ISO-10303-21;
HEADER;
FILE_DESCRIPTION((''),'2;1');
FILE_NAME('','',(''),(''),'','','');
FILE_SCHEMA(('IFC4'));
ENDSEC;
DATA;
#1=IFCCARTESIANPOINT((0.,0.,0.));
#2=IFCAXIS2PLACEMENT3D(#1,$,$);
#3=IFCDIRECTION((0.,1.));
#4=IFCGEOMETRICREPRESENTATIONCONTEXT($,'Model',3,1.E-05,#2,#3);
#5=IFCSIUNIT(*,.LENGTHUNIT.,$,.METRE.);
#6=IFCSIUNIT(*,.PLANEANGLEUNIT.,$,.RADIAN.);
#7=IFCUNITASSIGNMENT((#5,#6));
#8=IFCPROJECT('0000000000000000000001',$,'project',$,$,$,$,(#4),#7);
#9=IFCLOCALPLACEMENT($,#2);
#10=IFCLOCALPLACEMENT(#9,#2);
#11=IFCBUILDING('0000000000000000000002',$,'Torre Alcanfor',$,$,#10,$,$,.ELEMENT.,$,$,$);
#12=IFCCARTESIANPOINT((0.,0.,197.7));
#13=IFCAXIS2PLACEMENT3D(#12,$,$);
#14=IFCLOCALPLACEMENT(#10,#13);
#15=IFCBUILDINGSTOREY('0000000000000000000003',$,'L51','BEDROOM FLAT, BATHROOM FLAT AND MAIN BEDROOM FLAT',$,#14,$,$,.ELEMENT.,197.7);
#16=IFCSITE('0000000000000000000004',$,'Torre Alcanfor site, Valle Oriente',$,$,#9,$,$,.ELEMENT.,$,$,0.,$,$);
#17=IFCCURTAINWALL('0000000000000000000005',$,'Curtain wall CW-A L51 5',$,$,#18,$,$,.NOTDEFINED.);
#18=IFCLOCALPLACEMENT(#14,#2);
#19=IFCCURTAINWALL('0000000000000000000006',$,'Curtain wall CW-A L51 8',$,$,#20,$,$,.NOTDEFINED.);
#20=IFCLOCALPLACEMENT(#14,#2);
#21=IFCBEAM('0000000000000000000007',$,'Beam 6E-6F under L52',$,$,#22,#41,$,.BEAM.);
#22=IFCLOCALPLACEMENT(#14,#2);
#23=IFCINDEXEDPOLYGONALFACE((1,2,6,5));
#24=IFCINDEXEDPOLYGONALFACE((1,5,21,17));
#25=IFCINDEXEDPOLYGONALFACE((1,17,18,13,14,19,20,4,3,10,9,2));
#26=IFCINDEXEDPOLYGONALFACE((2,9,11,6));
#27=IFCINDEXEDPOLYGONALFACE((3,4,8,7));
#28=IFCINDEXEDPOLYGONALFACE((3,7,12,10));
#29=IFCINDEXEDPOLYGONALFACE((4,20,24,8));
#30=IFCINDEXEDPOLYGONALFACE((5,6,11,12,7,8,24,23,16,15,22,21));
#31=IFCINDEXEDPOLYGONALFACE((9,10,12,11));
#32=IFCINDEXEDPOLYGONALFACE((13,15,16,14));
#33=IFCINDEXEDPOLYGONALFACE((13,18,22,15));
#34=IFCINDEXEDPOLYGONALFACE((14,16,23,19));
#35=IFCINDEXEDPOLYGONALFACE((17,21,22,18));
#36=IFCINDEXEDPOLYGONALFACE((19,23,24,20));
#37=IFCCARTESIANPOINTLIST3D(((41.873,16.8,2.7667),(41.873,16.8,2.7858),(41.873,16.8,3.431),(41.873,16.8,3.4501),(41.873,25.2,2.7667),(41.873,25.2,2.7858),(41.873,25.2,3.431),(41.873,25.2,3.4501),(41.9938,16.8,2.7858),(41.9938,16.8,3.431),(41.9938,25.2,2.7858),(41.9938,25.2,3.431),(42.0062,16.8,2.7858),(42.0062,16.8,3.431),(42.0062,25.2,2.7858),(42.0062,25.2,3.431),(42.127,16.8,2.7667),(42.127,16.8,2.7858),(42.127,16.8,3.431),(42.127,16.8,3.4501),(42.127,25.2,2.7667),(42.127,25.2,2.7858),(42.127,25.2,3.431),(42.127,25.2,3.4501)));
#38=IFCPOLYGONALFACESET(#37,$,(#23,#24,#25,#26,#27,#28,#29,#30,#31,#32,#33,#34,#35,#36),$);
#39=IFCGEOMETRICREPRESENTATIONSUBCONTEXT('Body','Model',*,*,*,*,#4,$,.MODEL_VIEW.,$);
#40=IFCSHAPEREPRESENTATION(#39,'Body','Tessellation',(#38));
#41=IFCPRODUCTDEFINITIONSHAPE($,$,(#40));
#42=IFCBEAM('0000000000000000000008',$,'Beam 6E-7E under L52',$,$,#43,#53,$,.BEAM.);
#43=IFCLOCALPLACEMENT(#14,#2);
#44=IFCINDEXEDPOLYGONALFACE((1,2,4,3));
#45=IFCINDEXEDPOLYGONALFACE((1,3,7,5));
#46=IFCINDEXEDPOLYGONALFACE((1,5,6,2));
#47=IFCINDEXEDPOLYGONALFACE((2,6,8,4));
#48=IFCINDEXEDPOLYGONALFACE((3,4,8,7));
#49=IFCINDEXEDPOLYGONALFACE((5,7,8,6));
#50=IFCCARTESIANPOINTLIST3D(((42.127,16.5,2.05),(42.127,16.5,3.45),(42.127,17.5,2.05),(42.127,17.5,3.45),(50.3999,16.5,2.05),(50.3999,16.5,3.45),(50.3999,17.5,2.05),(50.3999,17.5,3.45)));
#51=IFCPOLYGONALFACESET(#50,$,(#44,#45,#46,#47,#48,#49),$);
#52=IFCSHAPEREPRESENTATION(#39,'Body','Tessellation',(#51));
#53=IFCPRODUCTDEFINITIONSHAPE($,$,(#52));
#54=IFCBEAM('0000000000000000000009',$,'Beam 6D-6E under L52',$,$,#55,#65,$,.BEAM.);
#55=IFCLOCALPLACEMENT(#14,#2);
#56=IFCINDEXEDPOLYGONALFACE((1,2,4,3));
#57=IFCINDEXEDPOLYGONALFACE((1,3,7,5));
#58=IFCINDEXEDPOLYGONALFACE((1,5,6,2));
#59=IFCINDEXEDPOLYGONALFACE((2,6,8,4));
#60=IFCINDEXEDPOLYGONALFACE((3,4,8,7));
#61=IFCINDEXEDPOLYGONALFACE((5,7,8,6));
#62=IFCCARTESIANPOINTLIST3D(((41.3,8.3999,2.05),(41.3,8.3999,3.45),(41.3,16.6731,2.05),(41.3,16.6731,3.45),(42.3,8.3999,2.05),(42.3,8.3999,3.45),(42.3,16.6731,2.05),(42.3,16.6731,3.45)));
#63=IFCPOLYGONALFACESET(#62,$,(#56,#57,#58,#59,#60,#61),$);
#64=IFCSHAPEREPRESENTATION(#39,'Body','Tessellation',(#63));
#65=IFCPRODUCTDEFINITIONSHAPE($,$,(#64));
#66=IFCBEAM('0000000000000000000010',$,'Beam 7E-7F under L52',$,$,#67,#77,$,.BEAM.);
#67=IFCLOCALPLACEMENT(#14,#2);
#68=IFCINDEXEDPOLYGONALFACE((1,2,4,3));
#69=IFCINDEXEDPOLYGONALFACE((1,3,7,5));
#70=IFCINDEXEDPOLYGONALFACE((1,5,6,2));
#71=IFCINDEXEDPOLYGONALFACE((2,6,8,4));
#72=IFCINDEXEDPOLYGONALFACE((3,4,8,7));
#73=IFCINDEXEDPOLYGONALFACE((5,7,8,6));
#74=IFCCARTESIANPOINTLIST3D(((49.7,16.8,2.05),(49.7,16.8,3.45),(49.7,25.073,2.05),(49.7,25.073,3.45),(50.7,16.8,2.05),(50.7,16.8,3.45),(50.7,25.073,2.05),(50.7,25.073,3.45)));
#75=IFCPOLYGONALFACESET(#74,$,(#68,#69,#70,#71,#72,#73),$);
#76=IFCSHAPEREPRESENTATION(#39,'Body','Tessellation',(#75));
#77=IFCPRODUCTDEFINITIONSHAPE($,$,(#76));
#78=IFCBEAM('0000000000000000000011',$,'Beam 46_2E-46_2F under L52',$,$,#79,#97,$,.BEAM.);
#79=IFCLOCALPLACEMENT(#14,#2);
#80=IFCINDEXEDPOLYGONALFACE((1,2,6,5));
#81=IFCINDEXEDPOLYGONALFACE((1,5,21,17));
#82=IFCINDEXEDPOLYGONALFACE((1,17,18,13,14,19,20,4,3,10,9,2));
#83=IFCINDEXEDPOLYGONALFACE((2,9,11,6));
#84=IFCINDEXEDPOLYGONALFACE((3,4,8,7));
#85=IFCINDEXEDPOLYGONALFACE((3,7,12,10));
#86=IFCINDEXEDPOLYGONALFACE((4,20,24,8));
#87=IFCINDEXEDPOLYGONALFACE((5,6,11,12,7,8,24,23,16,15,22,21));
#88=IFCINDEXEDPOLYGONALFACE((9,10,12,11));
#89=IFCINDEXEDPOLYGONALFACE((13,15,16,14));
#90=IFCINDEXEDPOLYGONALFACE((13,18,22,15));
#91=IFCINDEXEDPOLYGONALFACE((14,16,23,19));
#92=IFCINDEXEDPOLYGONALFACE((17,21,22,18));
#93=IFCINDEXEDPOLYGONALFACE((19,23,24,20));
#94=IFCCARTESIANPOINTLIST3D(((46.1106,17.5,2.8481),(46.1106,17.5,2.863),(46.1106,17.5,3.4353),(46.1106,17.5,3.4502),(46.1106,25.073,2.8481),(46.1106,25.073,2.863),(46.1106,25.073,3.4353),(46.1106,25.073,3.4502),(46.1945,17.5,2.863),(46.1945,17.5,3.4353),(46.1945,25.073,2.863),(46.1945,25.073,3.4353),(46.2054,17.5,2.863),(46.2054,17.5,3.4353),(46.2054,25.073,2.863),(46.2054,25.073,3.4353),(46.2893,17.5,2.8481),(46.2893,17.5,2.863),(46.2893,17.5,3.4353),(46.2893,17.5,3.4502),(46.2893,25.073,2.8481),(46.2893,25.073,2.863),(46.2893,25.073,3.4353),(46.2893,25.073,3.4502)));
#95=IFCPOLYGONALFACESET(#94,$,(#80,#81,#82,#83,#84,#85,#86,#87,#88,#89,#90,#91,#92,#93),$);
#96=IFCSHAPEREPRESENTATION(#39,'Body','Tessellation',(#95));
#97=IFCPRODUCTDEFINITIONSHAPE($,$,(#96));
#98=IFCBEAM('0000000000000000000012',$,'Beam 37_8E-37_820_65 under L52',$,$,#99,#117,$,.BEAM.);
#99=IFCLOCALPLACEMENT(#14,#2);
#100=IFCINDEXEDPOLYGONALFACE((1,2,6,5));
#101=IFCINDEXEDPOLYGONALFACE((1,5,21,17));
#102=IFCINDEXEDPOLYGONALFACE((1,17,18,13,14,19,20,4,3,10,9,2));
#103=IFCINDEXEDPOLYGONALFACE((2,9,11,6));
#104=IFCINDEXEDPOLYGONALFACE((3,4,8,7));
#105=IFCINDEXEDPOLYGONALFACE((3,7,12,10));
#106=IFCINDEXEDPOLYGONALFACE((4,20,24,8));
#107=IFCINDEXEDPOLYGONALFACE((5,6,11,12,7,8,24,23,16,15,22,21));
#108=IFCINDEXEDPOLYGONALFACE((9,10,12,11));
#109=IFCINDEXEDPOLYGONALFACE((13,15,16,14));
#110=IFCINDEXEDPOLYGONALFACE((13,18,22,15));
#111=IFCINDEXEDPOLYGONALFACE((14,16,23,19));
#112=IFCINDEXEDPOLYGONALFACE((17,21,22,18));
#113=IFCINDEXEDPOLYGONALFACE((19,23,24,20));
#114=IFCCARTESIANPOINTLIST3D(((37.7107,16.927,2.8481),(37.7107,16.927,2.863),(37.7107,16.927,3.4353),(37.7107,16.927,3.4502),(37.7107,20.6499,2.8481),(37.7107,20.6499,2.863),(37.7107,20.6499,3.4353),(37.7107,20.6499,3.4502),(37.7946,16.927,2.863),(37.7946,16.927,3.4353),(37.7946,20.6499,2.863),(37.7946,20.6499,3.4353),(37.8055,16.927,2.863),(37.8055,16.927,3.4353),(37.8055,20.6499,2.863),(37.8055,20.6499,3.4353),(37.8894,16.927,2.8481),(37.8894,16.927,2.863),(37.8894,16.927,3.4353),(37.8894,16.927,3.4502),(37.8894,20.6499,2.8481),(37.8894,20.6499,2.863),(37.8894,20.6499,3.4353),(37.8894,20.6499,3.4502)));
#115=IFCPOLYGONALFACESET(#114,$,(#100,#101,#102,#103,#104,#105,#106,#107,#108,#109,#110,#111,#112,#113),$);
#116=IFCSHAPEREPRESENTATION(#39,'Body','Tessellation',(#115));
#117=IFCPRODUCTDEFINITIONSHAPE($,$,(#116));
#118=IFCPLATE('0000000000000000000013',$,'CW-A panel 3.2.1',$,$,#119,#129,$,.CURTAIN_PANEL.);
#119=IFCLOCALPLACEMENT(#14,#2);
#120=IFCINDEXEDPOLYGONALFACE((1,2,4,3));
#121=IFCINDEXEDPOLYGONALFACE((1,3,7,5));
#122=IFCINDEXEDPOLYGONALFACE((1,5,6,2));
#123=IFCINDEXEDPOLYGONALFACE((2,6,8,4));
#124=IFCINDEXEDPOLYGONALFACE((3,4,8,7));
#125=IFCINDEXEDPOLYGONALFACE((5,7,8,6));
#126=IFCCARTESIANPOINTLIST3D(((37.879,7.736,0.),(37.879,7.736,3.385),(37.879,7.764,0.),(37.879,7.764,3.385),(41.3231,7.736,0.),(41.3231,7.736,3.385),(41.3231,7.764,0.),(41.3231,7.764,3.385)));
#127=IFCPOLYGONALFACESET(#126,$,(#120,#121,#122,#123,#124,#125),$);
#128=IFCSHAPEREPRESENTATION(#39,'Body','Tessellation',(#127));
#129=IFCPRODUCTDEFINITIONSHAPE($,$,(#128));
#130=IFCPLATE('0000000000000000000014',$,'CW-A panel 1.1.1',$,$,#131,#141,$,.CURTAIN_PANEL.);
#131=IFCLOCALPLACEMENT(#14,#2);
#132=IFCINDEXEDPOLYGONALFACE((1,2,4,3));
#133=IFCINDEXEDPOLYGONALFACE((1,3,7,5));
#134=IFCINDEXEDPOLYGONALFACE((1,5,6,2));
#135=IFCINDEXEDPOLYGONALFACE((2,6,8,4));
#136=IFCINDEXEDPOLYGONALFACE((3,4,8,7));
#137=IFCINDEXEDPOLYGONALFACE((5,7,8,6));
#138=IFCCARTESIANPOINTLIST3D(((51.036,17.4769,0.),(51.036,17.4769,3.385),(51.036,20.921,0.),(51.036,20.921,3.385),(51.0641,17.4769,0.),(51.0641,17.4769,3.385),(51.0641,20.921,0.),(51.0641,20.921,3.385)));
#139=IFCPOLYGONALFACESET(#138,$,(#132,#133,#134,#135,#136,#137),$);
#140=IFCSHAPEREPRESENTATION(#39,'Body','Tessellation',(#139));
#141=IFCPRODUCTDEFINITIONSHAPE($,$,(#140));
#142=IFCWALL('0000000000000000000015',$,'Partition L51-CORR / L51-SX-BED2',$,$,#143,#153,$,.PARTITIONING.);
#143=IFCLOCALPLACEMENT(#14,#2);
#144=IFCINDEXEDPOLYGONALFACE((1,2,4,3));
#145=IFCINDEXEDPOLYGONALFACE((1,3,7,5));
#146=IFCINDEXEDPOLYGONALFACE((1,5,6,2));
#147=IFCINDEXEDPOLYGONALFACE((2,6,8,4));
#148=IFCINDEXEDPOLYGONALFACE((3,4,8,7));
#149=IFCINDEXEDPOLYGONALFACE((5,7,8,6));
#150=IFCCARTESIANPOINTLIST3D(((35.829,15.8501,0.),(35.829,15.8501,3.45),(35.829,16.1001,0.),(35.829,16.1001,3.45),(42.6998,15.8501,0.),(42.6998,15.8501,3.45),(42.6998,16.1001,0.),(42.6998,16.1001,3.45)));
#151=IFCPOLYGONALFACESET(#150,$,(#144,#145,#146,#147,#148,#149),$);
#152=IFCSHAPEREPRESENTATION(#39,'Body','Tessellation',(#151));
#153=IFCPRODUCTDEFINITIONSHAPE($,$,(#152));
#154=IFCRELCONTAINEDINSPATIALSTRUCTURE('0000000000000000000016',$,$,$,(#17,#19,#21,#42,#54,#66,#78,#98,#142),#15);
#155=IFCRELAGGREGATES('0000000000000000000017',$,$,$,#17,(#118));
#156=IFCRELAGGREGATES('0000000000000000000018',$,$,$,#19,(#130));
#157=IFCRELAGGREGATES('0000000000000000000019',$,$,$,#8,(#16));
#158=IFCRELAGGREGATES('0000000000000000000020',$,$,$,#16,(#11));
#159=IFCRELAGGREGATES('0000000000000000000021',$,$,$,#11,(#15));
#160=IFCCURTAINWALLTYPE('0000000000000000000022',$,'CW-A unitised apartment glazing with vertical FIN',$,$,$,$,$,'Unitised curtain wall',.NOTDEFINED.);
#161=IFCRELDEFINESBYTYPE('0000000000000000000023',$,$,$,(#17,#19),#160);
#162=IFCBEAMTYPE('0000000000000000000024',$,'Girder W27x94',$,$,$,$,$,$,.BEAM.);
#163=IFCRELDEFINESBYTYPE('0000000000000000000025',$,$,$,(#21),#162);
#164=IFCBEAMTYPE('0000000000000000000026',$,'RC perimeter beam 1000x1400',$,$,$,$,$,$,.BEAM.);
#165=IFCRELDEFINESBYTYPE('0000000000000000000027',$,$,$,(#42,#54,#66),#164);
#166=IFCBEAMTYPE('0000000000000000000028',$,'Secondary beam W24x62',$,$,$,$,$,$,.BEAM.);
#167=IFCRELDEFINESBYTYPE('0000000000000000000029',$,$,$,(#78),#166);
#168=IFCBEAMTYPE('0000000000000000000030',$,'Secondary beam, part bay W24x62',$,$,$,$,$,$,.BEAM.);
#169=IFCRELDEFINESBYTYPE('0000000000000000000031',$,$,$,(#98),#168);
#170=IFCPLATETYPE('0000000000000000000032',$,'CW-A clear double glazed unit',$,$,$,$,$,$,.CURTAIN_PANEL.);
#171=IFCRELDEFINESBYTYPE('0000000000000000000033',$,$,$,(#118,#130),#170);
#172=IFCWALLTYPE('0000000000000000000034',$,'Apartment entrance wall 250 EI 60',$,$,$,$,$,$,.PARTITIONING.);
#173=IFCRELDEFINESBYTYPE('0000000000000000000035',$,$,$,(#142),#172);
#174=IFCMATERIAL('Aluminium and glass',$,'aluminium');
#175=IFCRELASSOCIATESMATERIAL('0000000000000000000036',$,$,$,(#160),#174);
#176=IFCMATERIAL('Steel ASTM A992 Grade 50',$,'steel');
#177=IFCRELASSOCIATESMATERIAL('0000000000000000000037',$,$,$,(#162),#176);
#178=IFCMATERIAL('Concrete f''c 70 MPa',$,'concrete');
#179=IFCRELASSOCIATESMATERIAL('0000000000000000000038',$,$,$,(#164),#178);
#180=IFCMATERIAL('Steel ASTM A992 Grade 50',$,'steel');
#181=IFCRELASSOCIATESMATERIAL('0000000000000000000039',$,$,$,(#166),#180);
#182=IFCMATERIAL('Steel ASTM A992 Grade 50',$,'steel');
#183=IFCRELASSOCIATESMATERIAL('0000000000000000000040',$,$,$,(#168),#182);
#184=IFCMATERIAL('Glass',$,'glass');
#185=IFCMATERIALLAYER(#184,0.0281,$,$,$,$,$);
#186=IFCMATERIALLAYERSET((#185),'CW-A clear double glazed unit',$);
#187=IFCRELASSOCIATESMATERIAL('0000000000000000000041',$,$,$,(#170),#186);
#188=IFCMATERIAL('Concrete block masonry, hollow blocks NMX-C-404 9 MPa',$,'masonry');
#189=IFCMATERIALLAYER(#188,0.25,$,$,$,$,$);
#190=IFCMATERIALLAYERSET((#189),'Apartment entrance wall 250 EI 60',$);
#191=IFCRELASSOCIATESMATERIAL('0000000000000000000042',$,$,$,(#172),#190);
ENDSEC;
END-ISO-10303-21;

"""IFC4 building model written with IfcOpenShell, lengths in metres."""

from ifc_helpers import new_model, si_unit, direction, frame, frame_2d, origin, origin_2d, place, context, subcontext, project, spatial, rectangle, i_section, extrude, material, layer, layer_set, material_profile, profile_set, type_object, element, aggregate, save


model = new_model("IFC4")

# Units and contexts
model_context = context("Model", 3, precision=1e-05, world=origin(), true_north=direction((0.0, 1.0)))
body_context = subcontext(model_context, "Body", "Model", "MODEL_VIEW")
ifc_project = project(units=[si_unit("LENGTHUNIT", "METRE"), si_unit("PLANEANGLEUNIT", "RADIAN")], contexts=[model_context])

# Site, building, storey
site_placement = place(None, origin())
site = spatial("IfcSite", under=ifc_project, at=site_placement, Name="Torre Alcanfor site, Valle Oriente", CompositionType="ELEMENT", RefElevation=0.0)
building_placement = place(site_placement, origin())
building = spatial("IfcBuilding", under=site, at=building_placement, Name="Torre Alcanfor", CompositionType="ELEMENT")
storey_placement = place(building_placement, frame((0.0, 0.0, 197.7)))
storey = spatial("IfcBuildingStorey", under=building, at=storey_placement, Name="L51", Description="BEDROOM FLAT, BATHROOM FLAT AND MAIN BEDROOM FLAT", CompositionType="ELEMENT", Elevation=197.7)

# Curtain wall
ifc_material_1 = material(Name="Aluminium and glass", Category="aluminium")
curtain_wall_type = type_object("IfcCurtainWallType", Name="CW-A unitised apartment glazing with vertical FIN", ElementType="Unitised curtain wall", PredefinedType="NOTDEFINED", material=ifc_material_1)
curtain_wall_1_placement = place(storey_placement, origin())
curtain_wall_1 = element("IfcCurtainWall", 1, at=curtain_wall_1_placement, inside=storey, type_object=curtain_wall_type, Name="Curtain wall CW-A L51 5", PredefinedType="NOTDEFINED")

# Curtain wall
curtain_wall_2_placement = place(storey_placement, origin())
curtain_wall_2 = element("IfcCurtainWall", 2, at=curtain_wall_2_placement, inside=storey, type_object=curtain_wall_type, Name="Curtain wall CW-A L51 8", PredefinedType="NOTDEFINED")

# Beams
ifc_material_2 = material(Name="Steel ASTM A992 Grade 50", Category="steel")
ifc_material_profile_1 = material_profile(ifc_material_2, i_section(OverallWidth=0.2539, OverallDepth=0.6833, WebThickness=0.0125, FlangeThickness=0.019, at=origin_2d()), Name="W27x94")
ifc_profile_set_1 = profile_set([ifc_material_profile_1], Name="Steel ASTM A992 Grade 50")
beam_type_1 = type_object("IfcBeamType", Name="Girder W27x94", PredefinedType="BEAM", material=ifc_profile_set_1)
beam_1_placement = place(storey_placement, frame((42.0, 16.8, 3.1084), z_axis=(0.0, 1.0, 0.0), x_axis=(-1.0, 0.0, 0.0)))
element("IfcBeam", 3, at=beam_1_placement, inside=storey, type_object=beam_type_1, Name="Beam 6E-6F under L52", PredefinedType="BEAM", context=body_context, shape_type="SweptSolid", body=[
    extrude(i_section(OverallWidth=0.2539, OverallDepth=0.6833, WebThickness=0.0125, FlangeThickness=0.019, at=origin_2d()), origin(), (0.0, 0.0, 1.0), 8.3999),
])
ifc_material_3 = material(Name="Concrete f'c 70 MPa", Category="concrete")
ifc_material_profile_2 = material_profile(ifc_material_3, rectangle(XDim=1.0, YDim=1.3999, at=origin_2d()), Name="1000x1400")
ifc_profile_set_2 = profile_set([ifc_material_profile_2], Name="Concrete f'c 70 MPa")
beam_type_2 = type_object("IfcBeamType", Name="RC perimeter beam 1000x1400", PredefinedType="BEAM", material=ifc_profile_set_2)
beam_2_placement = place(storey_placement, frame((42.127, 17.0, 2.75), z_axis=(1.0, 0.0, 0.0), x_axis=(0.0, 1.0, 0.0)))
element("IfcBeam", 4, at=beam_2_placement, inside=storey, type_object=beam_type_2, Name="Beam 6E-7E under L52", PredefinedType="BEAM", context=body_context, shape_type="SweptSolid", body=[
    extrude(rectangle(XDim=1.0, YDim=1.3999, at=origin_2d()), origin(), (0.0, 0.0, 1.0), 8.2729),
])
beam_3_placement = place(storey_placement, frame((41.8, 8.3999, 2.75), z_axis=(0.0, 1.0, 0.0), x_axis=(-1.0, 0.0, 0.0)))
element("IfcBeam", 5, at=beam_3_placement, inside=storey, type_object=beam_type_2, Name="Beam 6D-6E under L52", PredefinedType="BEAM", context=body_context, shape_type="SweptSolid", body=[
    extrude(rectangle(XDim=1.0, YDim=1.3999, at=origin_2d()), origin(), (0.0, 0.0, 1.0), 8.2732),
])
beam_4_placement = place(storey_placement, frame((50.2, 16.8, 2.75), z_axis=(0.0, 1.0, 0.0), x_axis=(-1.0, 0.0, 0.0)))
element("IfcBeam", 6, at=beam_4_placement, inside=storey, type_object=beam_type_2, Name="Beam 7E-7F under L52", PredefinedType="BEAM", context=body_context, shape_type="SweptSolid", body=[
    extrude(rectangle(XDim=1.0, YDim=1.3999, at=origin_2d()), origin(), (0.0, 0.0, 1.0), 8.2729),
])
ifc_material_4 = material(Name="Steel ASTM A992 Grade 50", Category="steel")
ifc_material_profile_3 = material_profile(ifc_material_4, i_section(OverallWidth=0.1787, OverallDepth=0.6021, WebThickness=0.011, FlangeThickness=0.0149, at=origin_2d()), Name="W24x62")
ifc_profile_set_3 = profile_set([ifc_material_profile_3], Name="Steel ASTM A992 Grade 50")
beam_type_3 = type_object("IfcBeamType", Name="Secondary beam W24x62", PredefinedType="BEAM", material=ifc_profile_set_3)
beam_5_placement = place(storey_placement, frame((46.2, 17.5, 3.1492), z_axis=(0.0, 1.0, 0.0), x_axis=(-1.0, 0.0, 0.0)))
element("IfcBeam", 7, at=beam_5_placement, inside=storey, type_object=beam_type_3, Name="Beam 46_2E-46_2F under L52", PredefinedType="BEAM", context=body_context, shape_type="SweptSolid", body=[
    extrude(i_section(OverallWidth=0.1787, OverallDepth=0.6021, WebThickness=0.011, FlangeThickness=0.0149, at=origin_2d()), origin(), (0.0, 0.0, 1.0), 7.573),
])
ifc_material_5 = material(Name="Steel ASTM A992 Grade 50", Category="steel")
ifc_material_profile_4 = material_profile(ifc_material_5, i_section(OverallWidth=0.1787, OverallDepth=0.6021, WebThickness=0.011, FlangeThickness=0.0149, at=origin_2d()), Name="W24x62")
ifc_profile_set_4 = profile_set([ifc_material_profile_4], Name="Steel ASTM A992 Grade 50")
beam_type_4 = type_object("IfcBeamType", Name="Secondary beam, part bay W24x62", PredefinedType="BEAM", material=ifc_profile_set_4)
beam_6_placement = place(storey_placement, frame((37.8, 16.927, 3.1492), z_axis=(0.0, 1.0, 0.0), x_axis=(-1.0, 0.0, 0.0)))
element("IfcBeam", 8, at=beam_6_placement, inside=storey, type_object=beam_type_4, Name="Beam 37_8E-37_820_65 under L52", PredefinedType="BEAM", context=body_context, shape_type="SweptSolid", body=[
    extrude(i_section(OverallWidth=0.1787, OverallDepth=0.6021, WebThickness=0.011, FlangeThickness=0.0149, at=origin_2d()), origin(), (0.0, 0.0, 1.0), 3.7229),
])

# Plates
ifc_material_6 = material(Name="Glass", Category="glass")
ifc_layer_1 = layer(ifc_material_6, 0.0281)
ifc_layer_set_1 = layer_set([ifc_layer_1], Name="CW-A clear double glazed unit")
plate_type = type_object("IfcPlateType", Name="CW-A clear double glazed unit", PredefinedType="CURTAIN_PANEL", material=ifc_layer_set_1)
plate_1_placement = place(storey_placement, frame((39.6011, 7.75, 0.0), z_axis=(0.0, 0.0, 1.0), x_axis=(1.0, 0.0, 0.0)))
plate_1 = element("IfcPlate", 9, at=plate_1_placement, type_object=plate_type, Name="CW-A panel 3.2.1", PredefinedType="CURTAIN_PANEL", context=body_context, shape_type="SweptSolid", body=[
    extrude(rectangle(XDim=3.4441, YDim=0.0281, at=origin_2d()), origin(), (0.0, 0.0, 1.0), 3.385),
])
aggregate(curtain_wall_1, [plate_1])
plate_2_placement = place(storey_placement, frame((51.05, 19.199, 0.0), z_axis=(0.0, 0.0, 1.0), x_axis=(0.0, 1.0, 0.0)))
plate_2 = element("IfcPlate", 10, at=plate_2_placement, type_object=plate_type, Name="CW-A panel 1.1.1", PredefinedType="CURTAIN_PANEL", context=body_context, shape_type="SweptSolid", body=[
    extrude(rectangle(XDim=3.4441, YDim=0.0281, at=origin_2d()), origin(), (0.0, 0.0, 1.0), 3.385),
])
aggregate(curtain_wall_2, [plate_2])

# Wall
ifc_material_7 = material(Name="Concrete block masonry, hollow blocks NMX-C-404 9 MPa", Category="masonry")
ifc_layer_2 = layer(ifc_material_7, 0.25)
ifc_layer_set_2 = layer_set([ifc_layer_2], Name="Apartment entrance wall 250 EI 60")
wall_type_1 = type_object("IfcWallType", Name="Apartment entrance wall 250 EI 60", PredefinedType="PARTITIONING", material=ifc_layer_set_2)
wall_1_placement = place(storey_placement, frame((42.7, 15.9751, 0.0), z_axis=(0.0, 0.0, 1.0), x_axis=(-1.0, 0.0, 0.0)))
element("IfcWall", 11, at=wall_1_placement, inside=storey, type_object=wall_type_1, Name="Partition L51-CORR / L51-SX-BED2", PredefinedType="PARTITIONING", context=body_context, shape_type="SweptSolid", body=[
    extrude(rectangle(XDim=6.8708, YDim=0.25, at=frame_2d((3.4355, 0.0))), origin(), (0.0, 0.0, 1.0), 3.45),
])

save(model, "model.ifc")
